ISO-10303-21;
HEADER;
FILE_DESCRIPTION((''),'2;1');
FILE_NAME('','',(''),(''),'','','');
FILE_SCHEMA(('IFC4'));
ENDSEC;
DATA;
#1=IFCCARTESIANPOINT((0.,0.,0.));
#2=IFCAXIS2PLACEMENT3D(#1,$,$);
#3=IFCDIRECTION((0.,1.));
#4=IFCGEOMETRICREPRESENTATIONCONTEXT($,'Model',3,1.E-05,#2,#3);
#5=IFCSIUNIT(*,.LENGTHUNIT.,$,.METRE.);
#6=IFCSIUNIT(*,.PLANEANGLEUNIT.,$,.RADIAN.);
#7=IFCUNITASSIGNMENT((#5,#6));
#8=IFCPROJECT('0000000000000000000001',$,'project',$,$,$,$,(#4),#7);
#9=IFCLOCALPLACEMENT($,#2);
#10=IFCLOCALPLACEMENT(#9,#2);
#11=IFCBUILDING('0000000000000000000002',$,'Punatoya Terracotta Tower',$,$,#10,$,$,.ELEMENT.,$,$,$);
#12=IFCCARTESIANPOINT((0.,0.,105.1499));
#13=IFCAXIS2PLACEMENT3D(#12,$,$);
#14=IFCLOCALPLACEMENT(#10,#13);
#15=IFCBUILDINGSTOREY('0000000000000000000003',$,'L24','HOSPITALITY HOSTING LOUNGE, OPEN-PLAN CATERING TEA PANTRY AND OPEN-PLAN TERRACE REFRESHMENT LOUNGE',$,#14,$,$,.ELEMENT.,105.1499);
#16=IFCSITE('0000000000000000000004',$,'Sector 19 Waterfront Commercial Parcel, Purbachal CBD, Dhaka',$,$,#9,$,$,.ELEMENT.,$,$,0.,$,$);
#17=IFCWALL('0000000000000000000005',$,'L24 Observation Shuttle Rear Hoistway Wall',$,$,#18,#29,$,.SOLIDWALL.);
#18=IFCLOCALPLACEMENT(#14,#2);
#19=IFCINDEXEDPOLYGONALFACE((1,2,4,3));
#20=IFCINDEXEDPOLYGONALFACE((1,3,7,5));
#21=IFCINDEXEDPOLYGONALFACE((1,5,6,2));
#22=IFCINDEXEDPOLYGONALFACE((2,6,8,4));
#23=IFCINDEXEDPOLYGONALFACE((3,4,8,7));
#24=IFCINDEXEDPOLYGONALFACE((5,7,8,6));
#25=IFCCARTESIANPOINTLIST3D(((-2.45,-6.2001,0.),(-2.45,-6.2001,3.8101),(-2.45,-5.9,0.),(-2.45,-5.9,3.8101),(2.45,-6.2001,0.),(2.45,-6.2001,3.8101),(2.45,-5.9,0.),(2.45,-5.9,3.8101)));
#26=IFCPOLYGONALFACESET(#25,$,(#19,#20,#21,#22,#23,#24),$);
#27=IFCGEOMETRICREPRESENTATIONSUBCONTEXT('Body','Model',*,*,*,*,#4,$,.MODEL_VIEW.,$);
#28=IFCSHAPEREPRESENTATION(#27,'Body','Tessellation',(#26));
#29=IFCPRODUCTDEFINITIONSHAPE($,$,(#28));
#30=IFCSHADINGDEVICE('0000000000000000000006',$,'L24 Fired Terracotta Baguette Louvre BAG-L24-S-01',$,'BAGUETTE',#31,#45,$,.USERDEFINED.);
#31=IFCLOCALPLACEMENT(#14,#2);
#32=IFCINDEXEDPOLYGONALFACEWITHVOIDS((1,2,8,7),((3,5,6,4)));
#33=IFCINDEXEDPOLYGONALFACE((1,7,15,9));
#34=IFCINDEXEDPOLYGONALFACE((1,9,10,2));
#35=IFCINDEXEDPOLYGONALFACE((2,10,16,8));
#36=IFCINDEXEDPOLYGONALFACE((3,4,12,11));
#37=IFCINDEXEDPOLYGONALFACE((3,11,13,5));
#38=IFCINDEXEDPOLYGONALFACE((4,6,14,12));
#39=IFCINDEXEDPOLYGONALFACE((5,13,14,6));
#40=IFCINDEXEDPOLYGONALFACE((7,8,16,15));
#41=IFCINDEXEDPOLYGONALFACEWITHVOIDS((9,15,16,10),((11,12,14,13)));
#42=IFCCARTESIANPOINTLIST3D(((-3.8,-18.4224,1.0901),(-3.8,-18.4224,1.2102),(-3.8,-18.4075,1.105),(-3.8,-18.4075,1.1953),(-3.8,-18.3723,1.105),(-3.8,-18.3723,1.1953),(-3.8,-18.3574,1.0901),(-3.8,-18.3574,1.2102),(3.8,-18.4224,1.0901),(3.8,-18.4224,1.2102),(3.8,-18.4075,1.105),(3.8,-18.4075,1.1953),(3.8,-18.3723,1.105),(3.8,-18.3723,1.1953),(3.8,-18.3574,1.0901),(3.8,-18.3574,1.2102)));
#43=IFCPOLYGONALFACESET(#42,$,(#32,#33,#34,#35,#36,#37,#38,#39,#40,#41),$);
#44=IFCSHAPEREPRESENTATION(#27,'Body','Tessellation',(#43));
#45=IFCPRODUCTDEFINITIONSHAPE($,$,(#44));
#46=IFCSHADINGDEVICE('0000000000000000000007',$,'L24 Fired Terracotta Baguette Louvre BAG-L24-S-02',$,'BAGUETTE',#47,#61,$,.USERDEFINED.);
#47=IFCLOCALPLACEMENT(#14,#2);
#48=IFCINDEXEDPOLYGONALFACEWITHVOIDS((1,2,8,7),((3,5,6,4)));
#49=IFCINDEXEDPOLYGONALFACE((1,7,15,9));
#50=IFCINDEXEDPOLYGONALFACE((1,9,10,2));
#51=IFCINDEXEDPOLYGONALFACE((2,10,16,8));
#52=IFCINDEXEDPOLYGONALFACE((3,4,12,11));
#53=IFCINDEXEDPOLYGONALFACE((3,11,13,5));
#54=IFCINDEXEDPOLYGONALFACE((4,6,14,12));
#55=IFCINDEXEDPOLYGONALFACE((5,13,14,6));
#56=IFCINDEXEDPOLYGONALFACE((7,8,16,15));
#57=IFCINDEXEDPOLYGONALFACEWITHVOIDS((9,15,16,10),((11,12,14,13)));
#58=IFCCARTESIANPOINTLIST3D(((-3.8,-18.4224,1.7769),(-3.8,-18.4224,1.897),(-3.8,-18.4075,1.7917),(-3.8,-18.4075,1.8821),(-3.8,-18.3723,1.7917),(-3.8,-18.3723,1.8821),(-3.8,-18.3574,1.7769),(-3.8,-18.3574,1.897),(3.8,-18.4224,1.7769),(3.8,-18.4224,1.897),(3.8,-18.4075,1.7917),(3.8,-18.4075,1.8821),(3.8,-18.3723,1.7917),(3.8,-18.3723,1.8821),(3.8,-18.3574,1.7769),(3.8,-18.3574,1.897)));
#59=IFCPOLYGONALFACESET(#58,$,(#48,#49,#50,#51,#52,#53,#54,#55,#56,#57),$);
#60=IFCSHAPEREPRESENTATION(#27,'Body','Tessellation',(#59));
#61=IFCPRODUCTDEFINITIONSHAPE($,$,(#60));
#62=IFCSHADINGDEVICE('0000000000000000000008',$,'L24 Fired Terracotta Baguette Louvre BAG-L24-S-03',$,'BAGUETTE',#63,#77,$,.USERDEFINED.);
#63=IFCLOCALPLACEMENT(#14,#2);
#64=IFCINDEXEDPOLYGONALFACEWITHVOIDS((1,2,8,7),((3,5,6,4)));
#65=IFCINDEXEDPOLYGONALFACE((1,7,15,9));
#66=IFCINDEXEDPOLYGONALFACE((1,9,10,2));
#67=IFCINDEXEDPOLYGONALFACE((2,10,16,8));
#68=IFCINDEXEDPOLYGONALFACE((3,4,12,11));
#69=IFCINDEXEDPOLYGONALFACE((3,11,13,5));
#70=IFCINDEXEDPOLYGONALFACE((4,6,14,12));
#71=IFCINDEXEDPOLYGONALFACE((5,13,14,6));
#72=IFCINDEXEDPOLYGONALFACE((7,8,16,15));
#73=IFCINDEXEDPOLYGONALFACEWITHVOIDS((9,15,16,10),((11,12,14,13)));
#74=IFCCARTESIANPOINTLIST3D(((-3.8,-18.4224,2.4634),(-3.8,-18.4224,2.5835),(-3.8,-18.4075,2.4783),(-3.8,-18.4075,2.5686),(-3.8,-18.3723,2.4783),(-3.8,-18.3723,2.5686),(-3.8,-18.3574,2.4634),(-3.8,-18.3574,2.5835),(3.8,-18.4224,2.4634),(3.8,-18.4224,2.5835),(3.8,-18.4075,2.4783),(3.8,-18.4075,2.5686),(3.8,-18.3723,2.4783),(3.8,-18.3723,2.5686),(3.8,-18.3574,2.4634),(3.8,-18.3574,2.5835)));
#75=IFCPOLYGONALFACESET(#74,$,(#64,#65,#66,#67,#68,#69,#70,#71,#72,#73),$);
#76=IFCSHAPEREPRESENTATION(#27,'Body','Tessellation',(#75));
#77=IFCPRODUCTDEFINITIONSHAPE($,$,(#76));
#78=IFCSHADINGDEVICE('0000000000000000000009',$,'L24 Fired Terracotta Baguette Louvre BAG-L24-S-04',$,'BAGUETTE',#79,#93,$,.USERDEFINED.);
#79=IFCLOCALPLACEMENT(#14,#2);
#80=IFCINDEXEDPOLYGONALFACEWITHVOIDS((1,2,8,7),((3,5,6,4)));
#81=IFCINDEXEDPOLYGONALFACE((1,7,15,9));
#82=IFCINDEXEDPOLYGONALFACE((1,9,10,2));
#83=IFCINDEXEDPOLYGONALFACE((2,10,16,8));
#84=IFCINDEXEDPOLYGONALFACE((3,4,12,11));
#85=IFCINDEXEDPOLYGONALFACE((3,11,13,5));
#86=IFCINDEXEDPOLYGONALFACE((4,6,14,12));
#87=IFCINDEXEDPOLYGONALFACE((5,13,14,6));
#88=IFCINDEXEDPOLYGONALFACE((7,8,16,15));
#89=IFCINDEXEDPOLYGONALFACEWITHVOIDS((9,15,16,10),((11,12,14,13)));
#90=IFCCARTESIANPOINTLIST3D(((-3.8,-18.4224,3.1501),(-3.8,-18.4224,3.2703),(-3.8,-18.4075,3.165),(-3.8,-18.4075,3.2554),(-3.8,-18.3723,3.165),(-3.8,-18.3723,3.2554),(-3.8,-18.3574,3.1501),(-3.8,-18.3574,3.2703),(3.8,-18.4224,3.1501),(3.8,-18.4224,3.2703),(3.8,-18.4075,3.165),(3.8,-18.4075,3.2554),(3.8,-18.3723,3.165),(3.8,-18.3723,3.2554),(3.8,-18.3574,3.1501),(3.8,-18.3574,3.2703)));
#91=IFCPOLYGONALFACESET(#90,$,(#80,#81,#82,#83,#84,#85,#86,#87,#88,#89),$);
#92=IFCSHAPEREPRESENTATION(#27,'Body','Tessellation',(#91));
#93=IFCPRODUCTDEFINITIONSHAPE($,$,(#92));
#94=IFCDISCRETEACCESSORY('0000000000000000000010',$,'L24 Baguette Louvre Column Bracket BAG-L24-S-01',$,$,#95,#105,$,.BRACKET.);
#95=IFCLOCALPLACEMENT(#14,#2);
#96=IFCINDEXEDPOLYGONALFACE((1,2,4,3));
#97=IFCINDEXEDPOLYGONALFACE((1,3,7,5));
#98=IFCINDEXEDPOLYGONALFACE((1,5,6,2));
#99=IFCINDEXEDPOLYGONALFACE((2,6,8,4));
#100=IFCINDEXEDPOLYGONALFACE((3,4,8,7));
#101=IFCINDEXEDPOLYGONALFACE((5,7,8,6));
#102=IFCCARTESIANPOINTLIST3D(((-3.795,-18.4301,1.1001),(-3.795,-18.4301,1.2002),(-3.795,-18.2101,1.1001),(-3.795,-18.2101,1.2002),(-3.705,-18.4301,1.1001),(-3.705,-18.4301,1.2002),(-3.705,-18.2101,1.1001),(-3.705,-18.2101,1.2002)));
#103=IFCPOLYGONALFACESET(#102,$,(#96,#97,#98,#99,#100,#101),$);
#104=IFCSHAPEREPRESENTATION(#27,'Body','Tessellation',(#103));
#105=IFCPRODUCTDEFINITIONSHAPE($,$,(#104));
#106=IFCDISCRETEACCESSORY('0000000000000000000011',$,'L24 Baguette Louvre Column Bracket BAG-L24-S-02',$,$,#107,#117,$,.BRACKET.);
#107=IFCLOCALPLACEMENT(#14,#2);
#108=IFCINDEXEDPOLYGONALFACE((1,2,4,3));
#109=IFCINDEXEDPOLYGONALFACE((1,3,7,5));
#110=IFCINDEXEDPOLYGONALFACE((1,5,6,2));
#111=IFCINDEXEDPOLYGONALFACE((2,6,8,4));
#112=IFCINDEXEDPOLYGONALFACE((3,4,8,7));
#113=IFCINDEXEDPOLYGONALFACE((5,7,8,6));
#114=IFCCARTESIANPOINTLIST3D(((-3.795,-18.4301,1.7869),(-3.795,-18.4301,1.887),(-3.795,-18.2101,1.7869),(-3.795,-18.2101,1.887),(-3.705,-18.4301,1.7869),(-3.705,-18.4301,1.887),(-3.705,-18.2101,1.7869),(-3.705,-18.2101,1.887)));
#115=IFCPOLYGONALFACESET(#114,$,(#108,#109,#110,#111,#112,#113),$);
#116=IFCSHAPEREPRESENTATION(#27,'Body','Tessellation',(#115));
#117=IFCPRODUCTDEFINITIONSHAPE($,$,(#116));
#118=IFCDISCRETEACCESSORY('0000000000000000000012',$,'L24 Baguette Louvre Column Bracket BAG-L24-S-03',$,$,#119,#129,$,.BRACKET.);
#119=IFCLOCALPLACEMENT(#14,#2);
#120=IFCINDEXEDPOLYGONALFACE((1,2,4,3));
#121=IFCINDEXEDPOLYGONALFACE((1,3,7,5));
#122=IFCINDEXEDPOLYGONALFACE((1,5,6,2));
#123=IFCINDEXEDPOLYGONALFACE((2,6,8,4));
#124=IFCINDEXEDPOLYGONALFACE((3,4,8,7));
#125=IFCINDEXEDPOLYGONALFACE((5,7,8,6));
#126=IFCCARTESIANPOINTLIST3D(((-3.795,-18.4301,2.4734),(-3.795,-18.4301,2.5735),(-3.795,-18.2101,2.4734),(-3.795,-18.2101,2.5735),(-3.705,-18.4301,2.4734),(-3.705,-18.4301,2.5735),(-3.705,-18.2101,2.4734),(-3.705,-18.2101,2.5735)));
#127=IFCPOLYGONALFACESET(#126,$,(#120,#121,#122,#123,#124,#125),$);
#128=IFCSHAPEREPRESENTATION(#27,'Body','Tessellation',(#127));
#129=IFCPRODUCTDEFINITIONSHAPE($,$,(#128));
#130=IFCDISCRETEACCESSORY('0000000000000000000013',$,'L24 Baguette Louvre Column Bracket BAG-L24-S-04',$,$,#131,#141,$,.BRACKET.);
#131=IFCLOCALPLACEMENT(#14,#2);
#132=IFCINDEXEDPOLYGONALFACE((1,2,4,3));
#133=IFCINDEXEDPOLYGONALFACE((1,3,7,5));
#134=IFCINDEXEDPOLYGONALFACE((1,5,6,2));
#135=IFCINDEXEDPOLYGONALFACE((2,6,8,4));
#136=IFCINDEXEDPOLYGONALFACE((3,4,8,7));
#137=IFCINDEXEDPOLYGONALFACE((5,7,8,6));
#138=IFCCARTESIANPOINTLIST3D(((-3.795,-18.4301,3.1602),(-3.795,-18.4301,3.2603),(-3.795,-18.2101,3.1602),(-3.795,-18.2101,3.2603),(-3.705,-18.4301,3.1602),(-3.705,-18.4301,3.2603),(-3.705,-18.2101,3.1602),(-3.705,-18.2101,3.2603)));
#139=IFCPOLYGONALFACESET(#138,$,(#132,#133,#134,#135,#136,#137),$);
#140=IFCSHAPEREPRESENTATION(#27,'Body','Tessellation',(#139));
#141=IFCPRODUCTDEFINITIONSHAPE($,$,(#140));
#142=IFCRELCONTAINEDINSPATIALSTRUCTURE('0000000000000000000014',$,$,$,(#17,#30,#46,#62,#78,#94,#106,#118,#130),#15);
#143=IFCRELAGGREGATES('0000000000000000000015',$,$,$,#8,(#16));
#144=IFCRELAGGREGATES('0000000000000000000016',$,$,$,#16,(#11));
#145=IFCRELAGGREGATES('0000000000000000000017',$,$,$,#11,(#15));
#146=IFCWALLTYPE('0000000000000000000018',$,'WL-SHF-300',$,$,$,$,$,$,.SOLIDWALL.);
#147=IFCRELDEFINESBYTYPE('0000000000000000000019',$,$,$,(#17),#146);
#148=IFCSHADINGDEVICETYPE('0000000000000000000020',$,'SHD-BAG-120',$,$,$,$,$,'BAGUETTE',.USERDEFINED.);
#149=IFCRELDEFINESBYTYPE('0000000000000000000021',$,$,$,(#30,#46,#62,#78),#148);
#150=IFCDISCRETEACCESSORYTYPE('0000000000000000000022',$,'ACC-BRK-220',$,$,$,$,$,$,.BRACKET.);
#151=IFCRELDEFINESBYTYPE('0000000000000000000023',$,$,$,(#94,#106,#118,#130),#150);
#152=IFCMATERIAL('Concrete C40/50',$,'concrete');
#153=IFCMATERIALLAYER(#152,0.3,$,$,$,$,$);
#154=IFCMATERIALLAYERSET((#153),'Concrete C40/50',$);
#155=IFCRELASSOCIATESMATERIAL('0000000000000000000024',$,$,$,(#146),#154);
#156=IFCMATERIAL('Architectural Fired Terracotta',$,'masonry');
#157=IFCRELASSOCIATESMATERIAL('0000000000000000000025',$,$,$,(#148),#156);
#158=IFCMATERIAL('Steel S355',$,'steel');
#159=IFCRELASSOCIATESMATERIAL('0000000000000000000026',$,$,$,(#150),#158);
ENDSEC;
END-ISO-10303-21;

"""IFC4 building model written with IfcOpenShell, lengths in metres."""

from ifc_helpers import new_model, si_unit, direction, frame, frame_2d, origin, origin_2d, place, context, subcontext, project, spatial, rectangle, hollow_rectangle, extrude, material, layer, layer_set, material_profile, profile_set, type_object, element, save


model = new_model("IFC4")

# Units and contexts
model_context = context("Model", 3, precision=1e-05, world=origin(), true_north=direction((0.0, 1.0)))
body_context = subcontext(model_context, "Body", "Model", "MODEL_VIEW")
ifc_project = project(units=[si_unit("LENGTHUNIT", "METRE"), si_unit("PLANEANGLEUNIT", "RADIAN")], contexts=[model_context])

# Site, building, storey
site_placement = place(None, origin())
site = spatial("IfcSite", under=ifc_project, at=site_placement, Name="Sector 19 Waterfront Commercial Parcel, Purbachal CBD, Dhaka", CompositionType="ELEMENT", RefElevation=0.0)
building_placement = place(site_placement, origin())
building = spatial("IfcBuilding", under=site, at=building_placement, Name="Punatoya Terracotta Tower", CompositionType="ELEMENT")
storey_placement = place(building_placement, frame((0.0, 0.0, 105.1499)))
storey = spatial("IfcBuildingStorey", under=building, at=storey_placement, Name="L24", Description="HOSPITALITY HOSTING LOUNGE, OPEN-PLAN CATERING TEA PANTRY AND OPEN-PLAN TERRACE REFRESHMENT LOUNGE", CompositionType="ELEMENT", Elevation=105.1499)

# Shared definitions
ifc_material_1 = material(Name="Steel S355", Category="steel")

# Shared definitions
ifc_material_2 = material(Name="Concrete C40/50", Category="concrete")
ifc_layer_1 = layer(ifc_material_2, 0.3)
ifc_layer_set_1 = layer_set([ifc_layer_1], Name="Concrete C40/50")
wall_type_1 = type_object("IfcWallType", Name="WL-SHF-300", PredefinedType="SOLIDWALL", material=ifc_layer_set_1)

# Wall
wall_1_placement = place(storey_placement, frame((-2.45, -6.05, 0.0), z_axis=(0.0, 0.0, 1.0), x_axis=(1.0, 0.0, 0.0)))
element("IfcWall", 1, at=wall_1_placement, inside=storey, type_object=wall_type_1, Name="L24 Observation Shuttle Rear Hoistway Wall", PredefinedType="SOLIDWALL", context=body_context, shape_type="SweptSolid", body=[
    extrude(rectangle(XDim=4.8999, YDim=0.3, at=frame_2d((2.45, 0.0))), origin(), (0.0, 0.0, 1.0), 3.8101),
])

# Shading devices
ifc_material_3 = material(Name="Architectural Fired Terracotta", Category="masonry")
ifc_material_profile_1 = material_profile(ifc_material_3, hollow_rectangle(XDim=0.0649, YDim=0.1201, WallThickness=0.0149, at=origin_2d()))
ifc_profile_set_1 = profile_set([ifc_material_profile_1], Name="Architectural Fired Terracotta")
shading_device_type = type_object("IfcShadingDeviceType", Name="SHD-BAG-120", ElementType="BAGUETTE", PredefinedType="USERDEFINED", material=ifc_profile_set_1)
for number, where, z_axis, x_axis, name in (
    (2, (-3.8, -18.3899, 1.1501), (1.0, 0.0, 0.0), (0.0, 1.0, 0.0), "L24 Fired Terracotta Baguette Louvre BAG-L24-S-01"),
    (3, (-3.8, -18.3899, 1.8369), (1.0, 0.0, 0.0), (0.0, 1.0, 0.0), "L24 Fired Terracotta Baguette Louvre BAG-L24-S-02"),
    (4, (-3.8, -18.3899, 2.5234), (1.0, 0.0, 0.0), (0.0, 1.0, 0.0), "L24 Fired Terracotta Baguette Louvre BAG-L24-S-03"),
    (5, (-3.8, -18.3899, 3.2102), (1.0, 0.0, 0.0), (0.0, 1.0, 0.0), "L24 Fired Terracotta Baguette Louvre BAG-L24-S-04"),
):
    element("IfcShadingDevice", number, at=place(storey_placement, frame(where, z_axis=z_axis, x_axis=x_axis)), inside=storey, type_object=shading_device_type, Name=name, ObjectType="BAGUETTE", PredefinedType="USERDEFINED", context=body_context, shape_type="SweptSolid", body=[
        extrude(hollow_rectangle(XDim=0.0649, YDim=0.1201, WallThickness=0.0149, at=origin_2d()), origin(), (0.0, 0.0, 1.0), 7.6001),
    ])

# Discrete accessories
discrete_accessory_type = type_object("IfcDiscreteAccessoryType", Name="ACC-BRK-220", PredefinedType="BRACKET", material=ifc_material_1)
for number, where, z_axis, x_axis, name in (
    (6, (-3.75, -18.3201, 1.1001), (0.0, 0.0, 1.0), (1.0, 0.0, 0.0), "L24 Baguette Louvre Column Bracket BAG-L24-S-01"),
    (7, (-3.75, -18.3201, 1.7869), (0.0, 0.0, 1.0), (1.0, 0.0, 0.0), "L24 Baguette Louvre Column Bracket BAG-L24-S-02"),
    (8, (-3.75, -18.3201, 2.4734), (0.0, 0.0, 1.0), (1.0, 0.0, 0.0), "L24 Baguette Louvre Column Bracket BAG-L24-S-03"),
    (9, (-3.75, -18.3201, 3.1602), (0.0, 0.0, 1.0), (1.0, 0.0, 0.0), "L24 Baguette Louvre Column Bracket BAG-L24-S-04"),
):
    element("IfcDiscreteAccessory", number, at=place(storey_placement, frame(where, z_axis=z_axis, x_axis=x_axis)), inside=storey, type_object=discrete_accessory_type, Name=name, PredefinedType="BRACKET", context=body_context, shape_type="SweptSolid", body=[
        extrude(rectangle(XDim=0.0901, YDim=0.22, at=origin_2d()), origin(), (0.0, 0.0, 1.0), 0.1001),
    ])

save(model, "model.ifc")
